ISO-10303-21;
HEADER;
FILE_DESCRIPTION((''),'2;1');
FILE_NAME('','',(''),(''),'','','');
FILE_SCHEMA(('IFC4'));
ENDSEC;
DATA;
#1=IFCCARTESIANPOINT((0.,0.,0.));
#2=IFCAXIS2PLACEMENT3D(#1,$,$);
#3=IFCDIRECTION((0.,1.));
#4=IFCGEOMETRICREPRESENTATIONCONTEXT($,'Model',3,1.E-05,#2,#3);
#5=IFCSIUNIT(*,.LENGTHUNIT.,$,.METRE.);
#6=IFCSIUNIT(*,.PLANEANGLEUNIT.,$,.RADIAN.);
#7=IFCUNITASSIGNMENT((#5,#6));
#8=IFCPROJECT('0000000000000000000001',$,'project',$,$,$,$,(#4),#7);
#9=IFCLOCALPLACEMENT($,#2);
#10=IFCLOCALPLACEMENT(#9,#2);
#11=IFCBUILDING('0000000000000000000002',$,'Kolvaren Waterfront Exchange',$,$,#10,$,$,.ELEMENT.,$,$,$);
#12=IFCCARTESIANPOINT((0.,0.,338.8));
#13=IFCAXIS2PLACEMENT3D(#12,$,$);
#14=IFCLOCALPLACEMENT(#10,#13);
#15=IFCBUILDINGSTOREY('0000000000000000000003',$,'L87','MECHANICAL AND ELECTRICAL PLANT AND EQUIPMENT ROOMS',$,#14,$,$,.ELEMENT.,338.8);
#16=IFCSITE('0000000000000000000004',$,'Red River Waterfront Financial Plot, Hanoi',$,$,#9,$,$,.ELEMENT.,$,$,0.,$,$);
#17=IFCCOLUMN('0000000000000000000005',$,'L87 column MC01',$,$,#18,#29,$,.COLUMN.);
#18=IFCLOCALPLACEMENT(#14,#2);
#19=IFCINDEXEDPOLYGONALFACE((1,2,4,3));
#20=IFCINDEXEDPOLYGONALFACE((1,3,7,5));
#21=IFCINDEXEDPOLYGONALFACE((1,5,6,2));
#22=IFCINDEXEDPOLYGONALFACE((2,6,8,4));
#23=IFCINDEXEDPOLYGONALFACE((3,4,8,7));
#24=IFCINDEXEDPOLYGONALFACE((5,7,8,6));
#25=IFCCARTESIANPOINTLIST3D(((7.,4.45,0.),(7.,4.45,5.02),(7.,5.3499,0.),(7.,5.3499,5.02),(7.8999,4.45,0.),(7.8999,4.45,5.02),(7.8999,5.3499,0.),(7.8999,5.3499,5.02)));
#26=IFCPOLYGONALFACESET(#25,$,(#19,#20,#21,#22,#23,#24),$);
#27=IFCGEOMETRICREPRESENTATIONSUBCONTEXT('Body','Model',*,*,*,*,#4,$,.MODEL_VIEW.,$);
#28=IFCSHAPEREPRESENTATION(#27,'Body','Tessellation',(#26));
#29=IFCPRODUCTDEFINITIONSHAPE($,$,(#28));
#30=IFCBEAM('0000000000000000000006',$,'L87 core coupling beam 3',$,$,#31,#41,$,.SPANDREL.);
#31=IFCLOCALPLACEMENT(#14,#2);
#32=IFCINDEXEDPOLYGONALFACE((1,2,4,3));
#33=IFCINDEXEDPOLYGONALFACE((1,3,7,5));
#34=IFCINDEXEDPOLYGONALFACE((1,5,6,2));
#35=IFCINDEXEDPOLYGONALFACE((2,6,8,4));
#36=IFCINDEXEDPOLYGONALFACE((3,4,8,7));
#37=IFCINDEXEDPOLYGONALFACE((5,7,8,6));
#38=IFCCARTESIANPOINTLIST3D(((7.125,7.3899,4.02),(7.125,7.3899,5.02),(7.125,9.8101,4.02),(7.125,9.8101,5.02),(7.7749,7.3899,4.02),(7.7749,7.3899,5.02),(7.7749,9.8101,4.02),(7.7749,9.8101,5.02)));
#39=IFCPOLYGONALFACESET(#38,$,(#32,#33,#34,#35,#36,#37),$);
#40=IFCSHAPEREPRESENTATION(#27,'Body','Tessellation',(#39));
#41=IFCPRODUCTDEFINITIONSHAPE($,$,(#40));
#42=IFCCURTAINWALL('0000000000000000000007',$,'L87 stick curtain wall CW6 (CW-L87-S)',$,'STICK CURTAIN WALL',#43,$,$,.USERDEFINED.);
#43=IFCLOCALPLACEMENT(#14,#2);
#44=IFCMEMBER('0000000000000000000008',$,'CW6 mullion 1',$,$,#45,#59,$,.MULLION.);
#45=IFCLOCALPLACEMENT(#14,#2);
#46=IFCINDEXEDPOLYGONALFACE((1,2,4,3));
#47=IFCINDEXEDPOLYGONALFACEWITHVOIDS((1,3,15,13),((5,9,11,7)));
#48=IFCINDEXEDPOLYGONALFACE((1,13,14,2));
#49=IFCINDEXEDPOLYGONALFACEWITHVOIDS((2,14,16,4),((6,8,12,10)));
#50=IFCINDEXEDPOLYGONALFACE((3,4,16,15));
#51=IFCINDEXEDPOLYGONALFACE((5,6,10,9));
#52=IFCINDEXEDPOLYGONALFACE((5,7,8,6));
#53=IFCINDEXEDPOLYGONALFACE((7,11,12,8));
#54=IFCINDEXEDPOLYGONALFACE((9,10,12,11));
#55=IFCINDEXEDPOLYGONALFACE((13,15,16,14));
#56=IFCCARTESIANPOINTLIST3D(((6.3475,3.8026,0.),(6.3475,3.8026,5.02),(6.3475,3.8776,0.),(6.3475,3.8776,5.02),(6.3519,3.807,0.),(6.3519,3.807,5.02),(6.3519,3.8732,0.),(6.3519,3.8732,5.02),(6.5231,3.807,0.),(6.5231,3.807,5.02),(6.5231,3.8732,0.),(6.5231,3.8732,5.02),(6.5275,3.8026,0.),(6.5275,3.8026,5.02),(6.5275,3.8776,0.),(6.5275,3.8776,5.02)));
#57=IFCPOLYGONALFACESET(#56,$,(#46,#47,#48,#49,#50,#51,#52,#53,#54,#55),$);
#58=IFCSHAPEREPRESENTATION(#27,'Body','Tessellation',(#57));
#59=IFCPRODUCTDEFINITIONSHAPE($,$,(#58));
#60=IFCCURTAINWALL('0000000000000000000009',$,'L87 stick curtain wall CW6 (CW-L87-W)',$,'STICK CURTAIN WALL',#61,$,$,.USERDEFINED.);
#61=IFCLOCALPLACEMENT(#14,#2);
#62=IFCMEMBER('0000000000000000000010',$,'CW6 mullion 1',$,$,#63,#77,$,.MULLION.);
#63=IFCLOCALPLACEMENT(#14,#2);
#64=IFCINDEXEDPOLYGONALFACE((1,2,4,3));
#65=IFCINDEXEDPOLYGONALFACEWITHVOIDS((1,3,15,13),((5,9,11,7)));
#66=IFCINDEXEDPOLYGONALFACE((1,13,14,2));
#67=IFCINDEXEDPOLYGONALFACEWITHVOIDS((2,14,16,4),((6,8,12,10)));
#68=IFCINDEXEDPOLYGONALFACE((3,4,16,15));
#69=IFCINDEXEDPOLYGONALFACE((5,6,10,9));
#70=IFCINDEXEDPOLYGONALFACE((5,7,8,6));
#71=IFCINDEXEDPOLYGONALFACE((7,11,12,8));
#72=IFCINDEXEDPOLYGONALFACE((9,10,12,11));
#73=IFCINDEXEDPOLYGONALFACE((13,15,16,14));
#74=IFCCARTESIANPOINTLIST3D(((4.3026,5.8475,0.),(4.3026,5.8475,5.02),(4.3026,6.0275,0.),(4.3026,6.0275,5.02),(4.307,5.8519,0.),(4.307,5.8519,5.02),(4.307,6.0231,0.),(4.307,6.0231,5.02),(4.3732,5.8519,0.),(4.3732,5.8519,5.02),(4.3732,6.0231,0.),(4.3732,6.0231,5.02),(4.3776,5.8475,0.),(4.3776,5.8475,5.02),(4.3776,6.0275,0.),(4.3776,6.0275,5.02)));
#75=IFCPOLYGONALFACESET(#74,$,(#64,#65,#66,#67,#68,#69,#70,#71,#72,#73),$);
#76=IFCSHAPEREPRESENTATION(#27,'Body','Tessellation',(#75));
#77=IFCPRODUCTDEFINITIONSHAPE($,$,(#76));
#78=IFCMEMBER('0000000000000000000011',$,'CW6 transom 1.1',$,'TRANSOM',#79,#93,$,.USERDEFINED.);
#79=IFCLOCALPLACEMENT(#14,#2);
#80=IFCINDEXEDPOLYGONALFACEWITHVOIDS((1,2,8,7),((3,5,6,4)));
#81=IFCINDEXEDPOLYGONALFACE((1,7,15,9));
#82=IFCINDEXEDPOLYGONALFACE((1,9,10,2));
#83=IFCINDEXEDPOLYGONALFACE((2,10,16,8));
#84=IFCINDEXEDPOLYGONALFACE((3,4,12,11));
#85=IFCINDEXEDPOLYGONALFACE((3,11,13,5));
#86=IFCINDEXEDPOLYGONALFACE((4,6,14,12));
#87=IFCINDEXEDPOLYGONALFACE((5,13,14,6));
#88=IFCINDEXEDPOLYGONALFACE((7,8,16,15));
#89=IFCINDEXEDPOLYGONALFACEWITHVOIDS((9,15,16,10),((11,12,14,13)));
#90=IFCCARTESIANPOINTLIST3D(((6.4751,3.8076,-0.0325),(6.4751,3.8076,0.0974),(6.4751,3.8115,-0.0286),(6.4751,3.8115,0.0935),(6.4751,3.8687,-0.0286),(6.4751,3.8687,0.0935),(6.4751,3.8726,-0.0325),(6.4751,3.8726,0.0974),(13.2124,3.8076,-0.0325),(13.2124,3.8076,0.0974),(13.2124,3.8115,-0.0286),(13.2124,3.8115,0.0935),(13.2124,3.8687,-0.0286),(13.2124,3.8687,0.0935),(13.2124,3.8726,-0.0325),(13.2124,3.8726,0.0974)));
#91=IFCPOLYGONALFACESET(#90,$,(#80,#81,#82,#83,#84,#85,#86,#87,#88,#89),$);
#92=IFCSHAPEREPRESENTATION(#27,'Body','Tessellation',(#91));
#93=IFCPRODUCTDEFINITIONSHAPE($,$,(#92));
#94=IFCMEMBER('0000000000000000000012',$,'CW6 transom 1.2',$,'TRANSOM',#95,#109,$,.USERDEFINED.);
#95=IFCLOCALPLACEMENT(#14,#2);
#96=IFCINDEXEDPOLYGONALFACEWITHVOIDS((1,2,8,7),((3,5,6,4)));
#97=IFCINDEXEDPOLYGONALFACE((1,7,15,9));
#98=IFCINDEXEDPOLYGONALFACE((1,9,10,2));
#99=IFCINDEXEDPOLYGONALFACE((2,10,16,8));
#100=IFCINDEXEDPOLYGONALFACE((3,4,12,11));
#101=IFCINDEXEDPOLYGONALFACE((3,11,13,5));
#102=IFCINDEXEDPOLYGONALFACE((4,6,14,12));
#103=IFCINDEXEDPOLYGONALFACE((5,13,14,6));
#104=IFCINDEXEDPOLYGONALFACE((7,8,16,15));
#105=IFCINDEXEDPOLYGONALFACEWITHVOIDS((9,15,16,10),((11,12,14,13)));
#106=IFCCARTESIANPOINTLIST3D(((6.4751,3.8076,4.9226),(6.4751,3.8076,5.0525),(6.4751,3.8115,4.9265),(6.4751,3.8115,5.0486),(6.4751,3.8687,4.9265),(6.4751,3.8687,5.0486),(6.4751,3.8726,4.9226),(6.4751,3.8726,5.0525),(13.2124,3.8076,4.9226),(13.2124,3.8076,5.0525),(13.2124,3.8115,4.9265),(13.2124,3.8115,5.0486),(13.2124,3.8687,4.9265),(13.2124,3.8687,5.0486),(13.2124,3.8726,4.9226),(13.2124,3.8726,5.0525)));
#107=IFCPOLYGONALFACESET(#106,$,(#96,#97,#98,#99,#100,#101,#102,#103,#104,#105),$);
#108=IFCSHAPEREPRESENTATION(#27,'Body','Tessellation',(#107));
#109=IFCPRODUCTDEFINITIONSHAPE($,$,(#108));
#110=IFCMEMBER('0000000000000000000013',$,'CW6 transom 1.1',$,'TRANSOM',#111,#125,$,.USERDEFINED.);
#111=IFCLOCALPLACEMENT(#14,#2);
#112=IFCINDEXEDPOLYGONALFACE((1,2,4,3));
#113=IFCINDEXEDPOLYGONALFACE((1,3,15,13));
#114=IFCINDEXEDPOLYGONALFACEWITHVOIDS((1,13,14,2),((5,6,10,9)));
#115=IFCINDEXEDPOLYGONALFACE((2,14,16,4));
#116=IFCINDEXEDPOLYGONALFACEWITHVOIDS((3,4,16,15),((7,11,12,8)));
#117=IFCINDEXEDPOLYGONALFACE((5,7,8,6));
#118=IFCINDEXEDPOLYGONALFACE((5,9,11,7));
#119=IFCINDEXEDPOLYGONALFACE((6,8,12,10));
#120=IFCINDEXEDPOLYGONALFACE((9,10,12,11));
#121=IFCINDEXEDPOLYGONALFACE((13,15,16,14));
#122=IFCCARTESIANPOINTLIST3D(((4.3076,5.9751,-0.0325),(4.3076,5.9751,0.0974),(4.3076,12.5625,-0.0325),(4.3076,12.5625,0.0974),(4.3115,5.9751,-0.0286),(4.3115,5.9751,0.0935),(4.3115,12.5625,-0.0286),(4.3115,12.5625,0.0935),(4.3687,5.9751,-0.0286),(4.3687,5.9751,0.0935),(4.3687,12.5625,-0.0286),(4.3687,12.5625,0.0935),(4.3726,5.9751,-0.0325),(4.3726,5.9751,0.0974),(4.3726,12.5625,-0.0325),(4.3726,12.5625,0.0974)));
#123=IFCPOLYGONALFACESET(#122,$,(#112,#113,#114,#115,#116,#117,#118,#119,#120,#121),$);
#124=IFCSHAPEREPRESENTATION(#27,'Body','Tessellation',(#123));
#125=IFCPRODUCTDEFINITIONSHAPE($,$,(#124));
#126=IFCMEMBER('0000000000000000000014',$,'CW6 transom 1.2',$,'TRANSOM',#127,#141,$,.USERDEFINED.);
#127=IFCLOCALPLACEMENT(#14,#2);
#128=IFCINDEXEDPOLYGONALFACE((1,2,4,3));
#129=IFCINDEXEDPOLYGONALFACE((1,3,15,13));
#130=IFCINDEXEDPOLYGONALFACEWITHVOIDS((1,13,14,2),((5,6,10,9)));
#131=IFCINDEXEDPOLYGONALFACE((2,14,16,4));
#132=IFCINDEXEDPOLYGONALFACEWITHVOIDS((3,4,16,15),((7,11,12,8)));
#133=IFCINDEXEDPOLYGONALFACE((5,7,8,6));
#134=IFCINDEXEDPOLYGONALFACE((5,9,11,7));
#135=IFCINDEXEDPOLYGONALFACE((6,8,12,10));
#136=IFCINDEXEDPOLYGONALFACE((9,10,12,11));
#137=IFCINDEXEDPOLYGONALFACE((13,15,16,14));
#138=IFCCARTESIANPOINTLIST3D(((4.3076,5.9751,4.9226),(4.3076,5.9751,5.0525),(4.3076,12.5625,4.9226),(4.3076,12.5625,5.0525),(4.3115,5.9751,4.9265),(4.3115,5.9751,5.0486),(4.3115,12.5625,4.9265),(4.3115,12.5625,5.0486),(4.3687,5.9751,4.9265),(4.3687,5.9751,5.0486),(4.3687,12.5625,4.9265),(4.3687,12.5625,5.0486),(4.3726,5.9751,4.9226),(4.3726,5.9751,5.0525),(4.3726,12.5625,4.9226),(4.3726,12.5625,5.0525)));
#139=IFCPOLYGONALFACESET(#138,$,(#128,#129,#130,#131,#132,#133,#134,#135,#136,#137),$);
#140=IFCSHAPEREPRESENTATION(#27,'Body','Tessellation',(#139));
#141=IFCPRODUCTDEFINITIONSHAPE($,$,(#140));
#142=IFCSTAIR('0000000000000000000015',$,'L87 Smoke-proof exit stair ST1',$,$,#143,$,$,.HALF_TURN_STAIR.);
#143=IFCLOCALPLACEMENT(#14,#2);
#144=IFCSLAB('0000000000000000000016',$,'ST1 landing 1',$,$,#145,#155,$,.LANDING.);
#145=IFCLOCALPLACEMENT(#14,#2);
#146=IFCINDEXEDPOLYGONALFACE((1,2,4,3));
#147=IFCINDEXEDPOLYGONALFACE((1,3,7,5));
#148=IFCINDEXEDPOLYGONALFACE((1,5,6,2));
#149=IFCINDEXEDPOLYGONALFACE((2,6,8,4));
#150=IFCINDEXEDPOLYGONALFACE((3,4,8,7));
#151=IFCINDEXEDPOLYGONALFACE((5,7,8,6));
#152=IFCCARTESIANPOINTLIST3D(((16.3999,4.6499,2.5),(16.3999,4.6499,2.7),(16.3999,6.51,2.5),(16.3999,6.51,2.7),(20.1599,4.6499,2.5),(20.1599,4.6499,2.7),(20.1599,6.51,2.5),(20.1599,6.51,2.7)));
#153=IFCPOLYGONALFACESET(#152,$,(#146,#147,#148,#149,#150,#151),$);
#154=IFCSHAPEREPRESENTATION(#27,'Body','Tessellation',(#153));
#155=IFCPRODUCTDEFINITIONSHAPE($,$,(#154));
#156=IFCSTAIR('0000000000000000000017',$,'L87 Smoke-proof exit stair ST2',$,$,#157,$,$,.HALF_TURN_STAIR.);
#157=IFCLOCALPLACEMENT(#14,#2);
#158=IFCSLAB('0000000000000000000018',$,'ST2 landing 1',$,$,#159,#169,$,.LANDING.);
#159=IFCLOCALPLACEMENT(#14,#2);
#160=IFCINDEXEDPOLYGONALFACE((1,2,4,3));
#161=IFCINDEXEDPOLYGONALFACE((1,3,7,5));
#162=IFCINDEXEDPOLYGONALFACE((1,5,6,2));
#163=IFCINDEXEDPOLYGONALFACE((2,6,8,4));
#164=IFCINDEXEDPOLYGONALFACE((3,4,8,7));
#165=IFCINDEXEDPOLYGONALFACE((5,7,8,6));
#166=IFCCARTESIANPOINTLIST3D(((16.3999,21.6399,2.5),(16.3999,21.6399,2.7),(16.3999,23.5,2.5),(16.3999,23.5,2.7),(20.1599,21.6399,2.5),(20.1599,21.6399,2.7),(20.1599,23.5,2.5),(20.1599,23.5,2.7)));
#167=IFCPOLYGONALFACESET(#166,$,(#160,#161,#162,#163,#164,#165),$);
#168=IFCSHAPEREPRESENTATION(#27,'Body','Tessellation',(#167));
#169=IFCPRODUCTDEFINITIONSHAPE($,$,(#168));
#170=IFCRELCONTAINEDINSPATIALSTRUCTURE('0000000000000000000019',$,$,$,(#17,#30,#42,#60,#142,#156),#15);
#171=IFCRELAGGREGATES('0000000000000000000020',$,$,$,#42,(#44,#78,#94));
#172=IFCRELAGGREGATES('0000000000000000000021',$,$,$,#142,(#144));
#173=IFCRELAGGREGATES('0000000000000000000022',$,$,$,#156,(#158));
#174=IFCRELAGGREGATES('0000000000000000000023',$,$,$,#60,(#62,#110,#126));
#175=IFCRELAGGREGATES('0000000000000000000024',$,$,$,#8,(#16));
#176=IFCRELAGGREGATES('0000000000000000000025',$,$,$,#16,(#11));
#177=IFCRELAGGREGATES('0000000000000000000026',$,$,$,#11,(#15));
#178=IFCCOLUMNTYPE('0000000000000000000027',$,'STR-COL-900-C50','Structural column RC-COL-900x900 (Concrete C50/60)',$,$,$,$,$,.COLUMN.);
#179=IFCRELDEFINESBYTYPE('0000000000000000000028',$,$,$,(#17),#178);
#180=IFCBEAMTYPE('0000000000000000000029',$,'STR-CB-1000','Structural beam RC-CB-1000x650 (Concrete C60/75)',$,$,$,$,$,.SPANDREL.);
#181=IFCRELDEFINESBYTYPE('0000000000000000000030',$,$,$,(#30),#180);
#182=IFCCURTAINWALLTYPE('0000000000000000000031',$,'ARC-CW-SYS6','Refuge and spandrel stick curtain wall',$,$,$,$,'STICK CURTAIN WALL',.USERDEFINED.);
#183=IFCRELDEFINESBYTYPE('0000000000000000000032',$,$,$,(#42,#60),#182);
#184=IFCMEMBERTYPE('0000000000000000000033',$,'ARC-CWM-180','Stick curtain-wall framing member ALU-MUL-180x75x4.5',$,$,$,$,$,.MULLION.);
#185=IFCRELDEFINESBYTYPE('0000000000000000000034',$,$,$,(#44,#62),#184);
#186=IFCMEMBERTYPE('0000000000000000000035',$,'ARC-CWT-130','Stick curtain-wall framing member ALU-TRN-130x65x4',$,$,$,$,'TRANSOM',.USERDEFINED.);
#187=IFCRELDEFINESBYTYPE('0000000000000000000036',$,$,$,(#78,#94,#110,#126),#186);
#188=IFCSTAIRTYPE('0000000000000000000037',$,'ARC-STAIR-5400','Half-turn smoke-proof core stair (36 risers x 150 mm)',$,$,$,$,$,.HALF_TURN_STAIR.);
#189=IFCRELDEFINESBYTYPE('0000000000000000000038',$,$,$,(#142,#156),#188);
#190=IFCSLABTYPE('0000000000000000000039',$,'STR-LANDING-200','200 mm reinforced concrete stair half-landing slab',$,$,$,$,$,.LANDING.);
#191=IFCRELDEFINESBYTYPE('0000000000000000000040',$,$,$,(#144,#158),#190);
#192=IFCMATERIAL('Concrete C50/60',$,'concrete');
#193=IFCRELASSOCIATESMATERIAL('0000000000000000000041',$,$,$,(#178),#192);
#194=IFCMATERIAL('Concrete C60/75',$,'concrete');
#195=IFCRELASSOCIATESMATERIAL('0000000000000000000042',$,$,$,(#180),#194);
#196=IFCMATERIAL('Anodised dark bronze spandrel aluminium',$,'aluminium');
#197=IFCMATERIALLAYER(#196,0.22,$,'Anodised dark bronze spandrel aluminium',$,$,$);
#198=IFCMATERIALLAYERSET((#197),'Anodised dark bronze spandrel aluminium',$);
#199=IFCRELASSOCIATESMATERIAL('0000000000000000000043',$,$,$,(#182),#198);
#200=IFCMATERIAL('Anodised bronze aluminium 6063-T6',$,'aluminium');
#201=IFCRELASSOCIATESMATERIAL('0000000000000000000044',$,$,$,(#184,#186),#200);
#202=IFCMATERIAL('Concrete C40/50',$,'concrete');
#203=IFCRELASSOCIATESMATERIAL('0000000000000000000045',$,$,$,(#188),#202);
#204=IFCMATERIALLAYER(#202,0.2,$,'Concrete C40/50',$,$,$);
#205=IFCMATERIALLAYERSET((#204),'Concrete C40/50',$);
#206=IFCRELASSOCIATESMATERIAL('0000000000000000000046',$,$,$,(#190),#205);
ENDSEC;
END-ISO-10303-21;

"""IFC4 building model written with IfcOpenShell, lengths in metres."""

from ifc_helpers import new_model, si_unit, direction, frame, origin, origin_with_axes, origin_2d, place, context, subcontext, project, spatial, polyline, rectangle, hollow_rectangle, outline, extrude, source, transform, mapped, material, layer, layer_set, material_profile, profile_set, type_object, element, aggregate, save


model = new_model("IFC4")

# Units and contexts
model_context = context("Model", 3, precision=1e-05, world=origin(), true_north=direction((0.0, 1.0)))
body_context = subcontext(model_context, "Body", "Model", "MODEL_VIEW")
ifc_project = project(units=[si_unit("LENGTHUNIT", "METRE"), si_unit("PLANEANGLEUNIT", "RADIAN")], contexts=[model_context])

# Site, building, storey
site_placement = place(None, origin())
site = spatial("IfcSite", under=ifc_project, at=site_placement, Name="Red River Waterfront Financial Plot, Hanoi", CompositionType="ELEMENT", RefElevation=0.0)
building_placement = place(site_placement, origin())
building = spatial("IfcBuilding", under=site, at=building_placement, Name="Kolvaren Waterfront Exchange", CompositionType="ELEMENT")
storey_placement = place(building_placement, frame((0.0, 0.0, 338.8)))
storey = spatial("IfcBuildingStorey", under=building, at=storey_placement, Name="L87", Description="MECHANICAL AND ELECTRICAL PLANT AND EQUIPMENT ROOMS", CompositionType="ELEMENT", Elevation=338.8)

# Column
ifc_material_1 = material(Name="Concrete C50/60", Category="concrete")
ifc_material_profile_1 = material_profile(ifc_material_1, rectangle(XDim=0.8999, YDim=0.8999, at=origin_2d()), Name="RC-COL-900x900")
ifc_profile_set_1 = profile_set([ifc_material_profile_1], Name="Concrete C50/60")
column_type = type_object("IfcColumnType", Name="STR-COL-900-C50", Description="Structural column RC-COL-900x900 (Concrete C50/60)", PredefinedType="COLUMN", material=ifc_profile_set_1)
column_placement = place(storey_placement, frame((7.45, 4.8999, 0.0), z_axis=(0.0, 0.0, 1.0), x_axis=(1.0, 0.0, 0.0)))
element("IfcColumn", 1, at=column_placement, inside=storey, type_object=column_type, Name="L87 column MC01", PredefinedType="COLUMN", context=body_context, shape_type="SweptSolid", body=[
    extrude(rectangle(XDim=0.8999, YDim=0.8999, at=origin_2d()), origin(), (0.0, 0.0, 1.0), 5.02),
])

# Beam
ifc_material_2 = material(Name="Concrete C60/75", Category="concrete")
ifc_material_profile_2 = material_profile(ifc_material_2, rectangle(XDim=0.6499, YDim=1.0, at=origin_2d()), Name="RC-CB-1000x650")
ifc_profile_set_2 = profile_set([ifc_material_profile_2], Name="Concrete C60/75")
beam_type = type_object("IfcBeamType", Name="STR-CB-1000", Description="Structural beam RC-CB-1000x650 (Concrete C60/75)", PredefinedType="SPANDREL", material=ifc_profile_set_2)
beam_placement = place(storey_placement, frame((7.45, 7.3899, 4.52), z_axis=(0.0, 1.0, 0.0), x_axis=(-1.0, 0.0, 0.0)))
element("IfcBeam", 2, at=beam_placement, inside=storey, type_object=beam_type, Name="L87 core coupling beam 3", PredefinedType="SPANDREL", context=body_context, shape_type="SweptSolid", body=[
    extrude(rectangle(XDim=0.6499, YDim=1.0, at=origin_2d()), origin(), (0.0, 0.0, 1.0), 2.4202),
])

# Curtain walls, members
ifc_material_3 = material(Name="Anodised dark bronze spandrel aluminium", Category="aluminium")
ifc_layer_1 = layer(ifc_material_3, 0.22, Name="Anodised dark bronze spandrel aluminium")
ifc_layer_set_1 = layer_set([ifc_layer_1], Name="Anodised dark bronze spandrel aluminium")
curtain_wall_type = type_object("IfcCurtainWallType", Name="ARC-CW-SYS6", Description="Refuge and spandrel stick curtain wall", ElementType="STICK CURTAIN WALL", PredefinedType="USERDEFINED", material=ifc_layer_set_1)
curtain_wall_1_placement = place(storey_placement, origin())
curtain_wall_1 = element("IfcCurtainWall", 3, at=curtain_wall_1_placement, inside=storey, type_object=curtain_wall_type, Name="L87 stick curtain wall CW6 (CW-L87-S)", ObjectType="STICK CURTAIN WALL", PredefinedType="USERDEFINED")
ifc_material_4 = material(Name="Anodised bronze aluminium 6063-T6", Category="aluminium")
ifc_material_profile_3 = material_profile(ifc_material_4, hollow_rectangle(XDim=0.075, YDim=0.1799, WallThickness=0.0044, at=origin_2d()), Name="ALU-MUL-180x75x4.5")
ifc_profile_set_3 = profile_set([ifc_material_profile_3], Name="Anodised bronze aluminium 6063-T6")
member_type_1 = type_object("IfcMemberType", Name="ARC-CWM-180", Description="Stick curtain-wall framing member ALU-MUL-180x75x4.5", PredefinedType="MULLION", material=ifc_profile_set_3)
shared_shape_1 = source(origin_with_axes(), body_context, "Body", "SweptSolid", [
    extrude(hollow_rectangle(XDim=0.075, YDim=0.1799, WallThickness=0.0044, at=origin_2d()), origin(), (0.0, 0.0, 1.0), 5.02),
])
member_1_placement = place(storey_placement, frame((6.4375, 3.8401, 0.0), z_axis=(0.0, 0.0, 1.0), x_axis=(0.0, 1.0, 0.0)))
member_1 = element("IfcMember", 4, at=member_1_placement, type_object=member_type_1, Name="CW6 mullion 1", PredefinedType="MULLION", context=body_context, shape_type="MappedRepresentation", body=[
    mapped(shared_shape_1, transform((0.0, 0.0, 0.0), x_axis=(1.0, 0.0, 0.0), y_axis=(0.0, 1.0, 0.0), z_axis=(0.0, 0.0, 1.0), scale=1.0)),
])
curtain_wall_2_placement = place(storey_placement, origin())
curtain_wall_2 = element("IfcCurtainWall", 5, at=curtain_wall_2_placement, inside=storey, type_object=curtain_wall_type, Name="L87 stick curtain wall CW6 (CW-L87-W)", ObjectType="STICK CURTAIN WALL", PredefinedType="USERDEFINED")
member_2_placement = place(storey_placement, frame((4.3401, 5.9375, 0.0), z_axis=(0.0, 0.0, 1.0), x_axis=(-1.0, 0.0, 0.0)))
member_2 = element("IfcMember", 6, at=member_2_placement, type_object=member_type_1, Name="CW6 mullion 1", PredefinedType="MULLION", context=body_context, shape_type="MappedRepresentation", body=[
    mapped(shared_shape_1, transform((0.0, 0.0, 0.0), x_axis=(1.0, 0.0, 0.0), y_axis=(0.0, 1.0, 0.0), z_axis=(0.0, 0.0, 1.0), scale=1.0)),
])

# Members
ifc_material_profile_4 = material_profile(ifc_material_4, hollow_rectangle(XDim=0.0649, YDim=0.1299, WallThickness=0.0039, at=origin_2d()), Name="ALU-TRN-130x65x4")
ifc_profile_set_4 = profile_set([ifc_material_profile_4], Name="Anodised bronze aluminium 6063-T6")
member_type_2 = type_object("IfcMemberType", Name="ARC-CWT-130", Description="Stick curtain-wall framing member ALU-TRN-130x65x4", ElementType="TRANSOM", PredefinedType="USERDEFINED", material=ifc_profile_set_4)
shared_shape_2 = source(origin_with_axes(), body_context, "Body", "SweptSolid", [
    extrude(hollow_rectangle(XDim=0.0649, YDim=0.1299, WallThickness=0.0039, at=origin_2d()), origin(), (0.0, 0.0, 1.0), 6.7373),
])
member_3_placement = place(storey_placement, frame((6.4751, 3.8401, 0.0325), z_axis=(1.0, 0.0, 0.0), x_axis=(0.0, 1.0, 0.0)))
member_3 = element("IfcMember", 7, at=member_3_placement, type_object=member_type_2, Name="CW6 transom 1.1", ObjectType="TRANSOM", PredefinedType="USERDEFINED", context=body_context, shape_type="MappedRepresentation", body=[
    mapped(shared_shape_2, transform((0.0, 0.0, 0.0), x_axis=(1.0, 0.0, 0.0), y_axis=(0.0, 1.0, 0.0), z_axis=(0.0, 0.0, 1.0), scale=1.0)),
])
member_4_placement = place(storey_placement, frame((6.4751, 3.8401, 4.9875), z_axis=(1.0, 0.0, 0.0), x_axis=(0.0, 1.0, 0.0)))
member_4 = element("IfcMember", 8, at=member_4_placement, type_object=member_type_2, Name="CW6 transom 1.2", ObjectType="TRANSOM", PredefinedType="USERDEFINED", context=body_context, shape_type="MappedRepresentation", body=[
    mapped(shared_shape_2, transform((0.0, 0.0, 0.0), x_axis=(1.0, 0.0, 0.0), y_axis=(0.0, 1.0, 0.0), z_axis=(0.0, 0.0, 1.0), scale=1.0)),
])
aggregate(curtain_wall_1, [member_1, member_3, member_4])
shared_shape_3 = source(origin_with_axes(), body_context, "Body", "SweptSolid", [
    extrude(hollow_rectangle(XDim=0.0649, YDim=0.1299, WallThickness=0.0039, at=origin_2d()), origin(), (0.0, 0.0, 1.0), 6.5874),
])
member_5_placement = place(storey_placement, frame((4.3401, 5.9751, 0.0325), z_axis=(0.0, 1.0, 0.0), x_axis=(-1.0, 0.0, 0.0)))
member_5 = element("IfcMember", 9, at=member_5_placement, type_object=member_type_2, Name="CW6 transom 1.1", ObjectType="TRANSOM", PredefinedType="USERDEFINED", context=body_context, shape_type="MappedRepresentation", body=[
    mapped(shared_shape_3, transform((0.0, 0.0, 0.0), x_axis=(1.0, 0.0, 0.0), y_axis=(0.0, 1.0, 0.0), z_axis=(0.0, 0.0, 1.0), scale=1.0)),
])
member_6_placement = place(storey_placement, frame((4.3401, 5.9751, 4.9875), z_axis=(0.0, 1.0, 0.0), x_axis=(-1.0, 0.0, 0.0)))
member_6 = element("IfcMember", 10, at=member_6_placement, type_object=member_type_2, Name="CW6 transom 1.2", ObjectType="TRANSOM", PredefinedType="USERDEFINED", context=body_context, shape_type="MappedRepresentation", body=[
    mapped(shared_shape_3, transform((0.0, 0.0, 0.0), x_axis=(1.0, 0.0, 0.0), y_axis=(0.0, 1.0, 0.0), z_axis=(0.0, 0.0, 1.0), scale=1.0)),
])

# Stairs, slabs
ifc_material_5 = material(Name="Concrete C40/50", Category="concrete")
stair_type = type_object("IfcStairType", Name="ARC-STAIR-5400", Description="Half-turn smoke-proof core stair (36 risers x 150 mm)", PredefinedType="HALF_TURN_STAIR", material=ifc_material_5)
stair_1_placement = place(storey_placement, origin())
stair_1 = element("IfcStair", 11, at=stair_1_placement, inside=storey, type_object=stair_type, Name="L87 Smoke-proof exit stair ST1", PredefinedType="HALF_TURN_STAIR")
ifc_layer_2 = layer(ifc_material_5, 0.2, Name="Concrete C40/50")
ifc_layer_set_2 = layer_set([ifc_layer_2], Name="Concrete C40/50")
slab_type_1 = type_object("IfcSlabType", Name="STR-LANDING-200", Description="200 mm reinforced concrete stair half-landing slab", PredefinedType="LANDING", material=ifc_layer_set_2)
slab_1_placement = place(storey_placement, frame((0.0, 0.0, 2.5)))
slab_1 = element("IfcSlab", 12, at=slab_1_placement, type_object=slab_type_1, Name="ST1 landing 1", PredefinedType="LANDING", context=body_context, shape_type="SweptSolid", body=[
    extrude(outline(polyline([(16.3999, 6.51), (16.3999, 4.6499), (20.1599, 4.6499), (20.1599, 6.51), (16.3999, 6.51)])), origin(), (0.0, 0.0, 1.0), 0.2),
])
aggregate(stair_1, [slab_1])
stair_2_placement = place(storey_placement, origin())
stair_2 = element("IfcStair", 13, at=stair_2_placement, inside=storey, type_object=stair_type, Name="L87 Smoke-proof exit stair ST2", PredefinedType="HALF_TURN_STAIR")
slab_2_placement = place(storey_placement, frame((0.0, 0.0, 2.5)))
slab_2 = element("IfcSlab", 14, at=slab_2_placement, type_object=slab_type_1, Name="ST2 landing 1", PredefinedType="LANDING", context=body_context, shape_type="SweptSolid", body=[
    extrude(outline(polyline([(20.1599, 21.6399), (20.1599, 23.5), (16.3999, 23.5), (16.3999, 21.6399), (20.1599, 21.6399)])), origin(), (0.0, 0.0, 1.0), 0.2),
])
aggregate(stair_2, [slab_2])

aggregate(curtain_wall_2, [member_2, member_5, member_6])

save(model, "model.ifc")
